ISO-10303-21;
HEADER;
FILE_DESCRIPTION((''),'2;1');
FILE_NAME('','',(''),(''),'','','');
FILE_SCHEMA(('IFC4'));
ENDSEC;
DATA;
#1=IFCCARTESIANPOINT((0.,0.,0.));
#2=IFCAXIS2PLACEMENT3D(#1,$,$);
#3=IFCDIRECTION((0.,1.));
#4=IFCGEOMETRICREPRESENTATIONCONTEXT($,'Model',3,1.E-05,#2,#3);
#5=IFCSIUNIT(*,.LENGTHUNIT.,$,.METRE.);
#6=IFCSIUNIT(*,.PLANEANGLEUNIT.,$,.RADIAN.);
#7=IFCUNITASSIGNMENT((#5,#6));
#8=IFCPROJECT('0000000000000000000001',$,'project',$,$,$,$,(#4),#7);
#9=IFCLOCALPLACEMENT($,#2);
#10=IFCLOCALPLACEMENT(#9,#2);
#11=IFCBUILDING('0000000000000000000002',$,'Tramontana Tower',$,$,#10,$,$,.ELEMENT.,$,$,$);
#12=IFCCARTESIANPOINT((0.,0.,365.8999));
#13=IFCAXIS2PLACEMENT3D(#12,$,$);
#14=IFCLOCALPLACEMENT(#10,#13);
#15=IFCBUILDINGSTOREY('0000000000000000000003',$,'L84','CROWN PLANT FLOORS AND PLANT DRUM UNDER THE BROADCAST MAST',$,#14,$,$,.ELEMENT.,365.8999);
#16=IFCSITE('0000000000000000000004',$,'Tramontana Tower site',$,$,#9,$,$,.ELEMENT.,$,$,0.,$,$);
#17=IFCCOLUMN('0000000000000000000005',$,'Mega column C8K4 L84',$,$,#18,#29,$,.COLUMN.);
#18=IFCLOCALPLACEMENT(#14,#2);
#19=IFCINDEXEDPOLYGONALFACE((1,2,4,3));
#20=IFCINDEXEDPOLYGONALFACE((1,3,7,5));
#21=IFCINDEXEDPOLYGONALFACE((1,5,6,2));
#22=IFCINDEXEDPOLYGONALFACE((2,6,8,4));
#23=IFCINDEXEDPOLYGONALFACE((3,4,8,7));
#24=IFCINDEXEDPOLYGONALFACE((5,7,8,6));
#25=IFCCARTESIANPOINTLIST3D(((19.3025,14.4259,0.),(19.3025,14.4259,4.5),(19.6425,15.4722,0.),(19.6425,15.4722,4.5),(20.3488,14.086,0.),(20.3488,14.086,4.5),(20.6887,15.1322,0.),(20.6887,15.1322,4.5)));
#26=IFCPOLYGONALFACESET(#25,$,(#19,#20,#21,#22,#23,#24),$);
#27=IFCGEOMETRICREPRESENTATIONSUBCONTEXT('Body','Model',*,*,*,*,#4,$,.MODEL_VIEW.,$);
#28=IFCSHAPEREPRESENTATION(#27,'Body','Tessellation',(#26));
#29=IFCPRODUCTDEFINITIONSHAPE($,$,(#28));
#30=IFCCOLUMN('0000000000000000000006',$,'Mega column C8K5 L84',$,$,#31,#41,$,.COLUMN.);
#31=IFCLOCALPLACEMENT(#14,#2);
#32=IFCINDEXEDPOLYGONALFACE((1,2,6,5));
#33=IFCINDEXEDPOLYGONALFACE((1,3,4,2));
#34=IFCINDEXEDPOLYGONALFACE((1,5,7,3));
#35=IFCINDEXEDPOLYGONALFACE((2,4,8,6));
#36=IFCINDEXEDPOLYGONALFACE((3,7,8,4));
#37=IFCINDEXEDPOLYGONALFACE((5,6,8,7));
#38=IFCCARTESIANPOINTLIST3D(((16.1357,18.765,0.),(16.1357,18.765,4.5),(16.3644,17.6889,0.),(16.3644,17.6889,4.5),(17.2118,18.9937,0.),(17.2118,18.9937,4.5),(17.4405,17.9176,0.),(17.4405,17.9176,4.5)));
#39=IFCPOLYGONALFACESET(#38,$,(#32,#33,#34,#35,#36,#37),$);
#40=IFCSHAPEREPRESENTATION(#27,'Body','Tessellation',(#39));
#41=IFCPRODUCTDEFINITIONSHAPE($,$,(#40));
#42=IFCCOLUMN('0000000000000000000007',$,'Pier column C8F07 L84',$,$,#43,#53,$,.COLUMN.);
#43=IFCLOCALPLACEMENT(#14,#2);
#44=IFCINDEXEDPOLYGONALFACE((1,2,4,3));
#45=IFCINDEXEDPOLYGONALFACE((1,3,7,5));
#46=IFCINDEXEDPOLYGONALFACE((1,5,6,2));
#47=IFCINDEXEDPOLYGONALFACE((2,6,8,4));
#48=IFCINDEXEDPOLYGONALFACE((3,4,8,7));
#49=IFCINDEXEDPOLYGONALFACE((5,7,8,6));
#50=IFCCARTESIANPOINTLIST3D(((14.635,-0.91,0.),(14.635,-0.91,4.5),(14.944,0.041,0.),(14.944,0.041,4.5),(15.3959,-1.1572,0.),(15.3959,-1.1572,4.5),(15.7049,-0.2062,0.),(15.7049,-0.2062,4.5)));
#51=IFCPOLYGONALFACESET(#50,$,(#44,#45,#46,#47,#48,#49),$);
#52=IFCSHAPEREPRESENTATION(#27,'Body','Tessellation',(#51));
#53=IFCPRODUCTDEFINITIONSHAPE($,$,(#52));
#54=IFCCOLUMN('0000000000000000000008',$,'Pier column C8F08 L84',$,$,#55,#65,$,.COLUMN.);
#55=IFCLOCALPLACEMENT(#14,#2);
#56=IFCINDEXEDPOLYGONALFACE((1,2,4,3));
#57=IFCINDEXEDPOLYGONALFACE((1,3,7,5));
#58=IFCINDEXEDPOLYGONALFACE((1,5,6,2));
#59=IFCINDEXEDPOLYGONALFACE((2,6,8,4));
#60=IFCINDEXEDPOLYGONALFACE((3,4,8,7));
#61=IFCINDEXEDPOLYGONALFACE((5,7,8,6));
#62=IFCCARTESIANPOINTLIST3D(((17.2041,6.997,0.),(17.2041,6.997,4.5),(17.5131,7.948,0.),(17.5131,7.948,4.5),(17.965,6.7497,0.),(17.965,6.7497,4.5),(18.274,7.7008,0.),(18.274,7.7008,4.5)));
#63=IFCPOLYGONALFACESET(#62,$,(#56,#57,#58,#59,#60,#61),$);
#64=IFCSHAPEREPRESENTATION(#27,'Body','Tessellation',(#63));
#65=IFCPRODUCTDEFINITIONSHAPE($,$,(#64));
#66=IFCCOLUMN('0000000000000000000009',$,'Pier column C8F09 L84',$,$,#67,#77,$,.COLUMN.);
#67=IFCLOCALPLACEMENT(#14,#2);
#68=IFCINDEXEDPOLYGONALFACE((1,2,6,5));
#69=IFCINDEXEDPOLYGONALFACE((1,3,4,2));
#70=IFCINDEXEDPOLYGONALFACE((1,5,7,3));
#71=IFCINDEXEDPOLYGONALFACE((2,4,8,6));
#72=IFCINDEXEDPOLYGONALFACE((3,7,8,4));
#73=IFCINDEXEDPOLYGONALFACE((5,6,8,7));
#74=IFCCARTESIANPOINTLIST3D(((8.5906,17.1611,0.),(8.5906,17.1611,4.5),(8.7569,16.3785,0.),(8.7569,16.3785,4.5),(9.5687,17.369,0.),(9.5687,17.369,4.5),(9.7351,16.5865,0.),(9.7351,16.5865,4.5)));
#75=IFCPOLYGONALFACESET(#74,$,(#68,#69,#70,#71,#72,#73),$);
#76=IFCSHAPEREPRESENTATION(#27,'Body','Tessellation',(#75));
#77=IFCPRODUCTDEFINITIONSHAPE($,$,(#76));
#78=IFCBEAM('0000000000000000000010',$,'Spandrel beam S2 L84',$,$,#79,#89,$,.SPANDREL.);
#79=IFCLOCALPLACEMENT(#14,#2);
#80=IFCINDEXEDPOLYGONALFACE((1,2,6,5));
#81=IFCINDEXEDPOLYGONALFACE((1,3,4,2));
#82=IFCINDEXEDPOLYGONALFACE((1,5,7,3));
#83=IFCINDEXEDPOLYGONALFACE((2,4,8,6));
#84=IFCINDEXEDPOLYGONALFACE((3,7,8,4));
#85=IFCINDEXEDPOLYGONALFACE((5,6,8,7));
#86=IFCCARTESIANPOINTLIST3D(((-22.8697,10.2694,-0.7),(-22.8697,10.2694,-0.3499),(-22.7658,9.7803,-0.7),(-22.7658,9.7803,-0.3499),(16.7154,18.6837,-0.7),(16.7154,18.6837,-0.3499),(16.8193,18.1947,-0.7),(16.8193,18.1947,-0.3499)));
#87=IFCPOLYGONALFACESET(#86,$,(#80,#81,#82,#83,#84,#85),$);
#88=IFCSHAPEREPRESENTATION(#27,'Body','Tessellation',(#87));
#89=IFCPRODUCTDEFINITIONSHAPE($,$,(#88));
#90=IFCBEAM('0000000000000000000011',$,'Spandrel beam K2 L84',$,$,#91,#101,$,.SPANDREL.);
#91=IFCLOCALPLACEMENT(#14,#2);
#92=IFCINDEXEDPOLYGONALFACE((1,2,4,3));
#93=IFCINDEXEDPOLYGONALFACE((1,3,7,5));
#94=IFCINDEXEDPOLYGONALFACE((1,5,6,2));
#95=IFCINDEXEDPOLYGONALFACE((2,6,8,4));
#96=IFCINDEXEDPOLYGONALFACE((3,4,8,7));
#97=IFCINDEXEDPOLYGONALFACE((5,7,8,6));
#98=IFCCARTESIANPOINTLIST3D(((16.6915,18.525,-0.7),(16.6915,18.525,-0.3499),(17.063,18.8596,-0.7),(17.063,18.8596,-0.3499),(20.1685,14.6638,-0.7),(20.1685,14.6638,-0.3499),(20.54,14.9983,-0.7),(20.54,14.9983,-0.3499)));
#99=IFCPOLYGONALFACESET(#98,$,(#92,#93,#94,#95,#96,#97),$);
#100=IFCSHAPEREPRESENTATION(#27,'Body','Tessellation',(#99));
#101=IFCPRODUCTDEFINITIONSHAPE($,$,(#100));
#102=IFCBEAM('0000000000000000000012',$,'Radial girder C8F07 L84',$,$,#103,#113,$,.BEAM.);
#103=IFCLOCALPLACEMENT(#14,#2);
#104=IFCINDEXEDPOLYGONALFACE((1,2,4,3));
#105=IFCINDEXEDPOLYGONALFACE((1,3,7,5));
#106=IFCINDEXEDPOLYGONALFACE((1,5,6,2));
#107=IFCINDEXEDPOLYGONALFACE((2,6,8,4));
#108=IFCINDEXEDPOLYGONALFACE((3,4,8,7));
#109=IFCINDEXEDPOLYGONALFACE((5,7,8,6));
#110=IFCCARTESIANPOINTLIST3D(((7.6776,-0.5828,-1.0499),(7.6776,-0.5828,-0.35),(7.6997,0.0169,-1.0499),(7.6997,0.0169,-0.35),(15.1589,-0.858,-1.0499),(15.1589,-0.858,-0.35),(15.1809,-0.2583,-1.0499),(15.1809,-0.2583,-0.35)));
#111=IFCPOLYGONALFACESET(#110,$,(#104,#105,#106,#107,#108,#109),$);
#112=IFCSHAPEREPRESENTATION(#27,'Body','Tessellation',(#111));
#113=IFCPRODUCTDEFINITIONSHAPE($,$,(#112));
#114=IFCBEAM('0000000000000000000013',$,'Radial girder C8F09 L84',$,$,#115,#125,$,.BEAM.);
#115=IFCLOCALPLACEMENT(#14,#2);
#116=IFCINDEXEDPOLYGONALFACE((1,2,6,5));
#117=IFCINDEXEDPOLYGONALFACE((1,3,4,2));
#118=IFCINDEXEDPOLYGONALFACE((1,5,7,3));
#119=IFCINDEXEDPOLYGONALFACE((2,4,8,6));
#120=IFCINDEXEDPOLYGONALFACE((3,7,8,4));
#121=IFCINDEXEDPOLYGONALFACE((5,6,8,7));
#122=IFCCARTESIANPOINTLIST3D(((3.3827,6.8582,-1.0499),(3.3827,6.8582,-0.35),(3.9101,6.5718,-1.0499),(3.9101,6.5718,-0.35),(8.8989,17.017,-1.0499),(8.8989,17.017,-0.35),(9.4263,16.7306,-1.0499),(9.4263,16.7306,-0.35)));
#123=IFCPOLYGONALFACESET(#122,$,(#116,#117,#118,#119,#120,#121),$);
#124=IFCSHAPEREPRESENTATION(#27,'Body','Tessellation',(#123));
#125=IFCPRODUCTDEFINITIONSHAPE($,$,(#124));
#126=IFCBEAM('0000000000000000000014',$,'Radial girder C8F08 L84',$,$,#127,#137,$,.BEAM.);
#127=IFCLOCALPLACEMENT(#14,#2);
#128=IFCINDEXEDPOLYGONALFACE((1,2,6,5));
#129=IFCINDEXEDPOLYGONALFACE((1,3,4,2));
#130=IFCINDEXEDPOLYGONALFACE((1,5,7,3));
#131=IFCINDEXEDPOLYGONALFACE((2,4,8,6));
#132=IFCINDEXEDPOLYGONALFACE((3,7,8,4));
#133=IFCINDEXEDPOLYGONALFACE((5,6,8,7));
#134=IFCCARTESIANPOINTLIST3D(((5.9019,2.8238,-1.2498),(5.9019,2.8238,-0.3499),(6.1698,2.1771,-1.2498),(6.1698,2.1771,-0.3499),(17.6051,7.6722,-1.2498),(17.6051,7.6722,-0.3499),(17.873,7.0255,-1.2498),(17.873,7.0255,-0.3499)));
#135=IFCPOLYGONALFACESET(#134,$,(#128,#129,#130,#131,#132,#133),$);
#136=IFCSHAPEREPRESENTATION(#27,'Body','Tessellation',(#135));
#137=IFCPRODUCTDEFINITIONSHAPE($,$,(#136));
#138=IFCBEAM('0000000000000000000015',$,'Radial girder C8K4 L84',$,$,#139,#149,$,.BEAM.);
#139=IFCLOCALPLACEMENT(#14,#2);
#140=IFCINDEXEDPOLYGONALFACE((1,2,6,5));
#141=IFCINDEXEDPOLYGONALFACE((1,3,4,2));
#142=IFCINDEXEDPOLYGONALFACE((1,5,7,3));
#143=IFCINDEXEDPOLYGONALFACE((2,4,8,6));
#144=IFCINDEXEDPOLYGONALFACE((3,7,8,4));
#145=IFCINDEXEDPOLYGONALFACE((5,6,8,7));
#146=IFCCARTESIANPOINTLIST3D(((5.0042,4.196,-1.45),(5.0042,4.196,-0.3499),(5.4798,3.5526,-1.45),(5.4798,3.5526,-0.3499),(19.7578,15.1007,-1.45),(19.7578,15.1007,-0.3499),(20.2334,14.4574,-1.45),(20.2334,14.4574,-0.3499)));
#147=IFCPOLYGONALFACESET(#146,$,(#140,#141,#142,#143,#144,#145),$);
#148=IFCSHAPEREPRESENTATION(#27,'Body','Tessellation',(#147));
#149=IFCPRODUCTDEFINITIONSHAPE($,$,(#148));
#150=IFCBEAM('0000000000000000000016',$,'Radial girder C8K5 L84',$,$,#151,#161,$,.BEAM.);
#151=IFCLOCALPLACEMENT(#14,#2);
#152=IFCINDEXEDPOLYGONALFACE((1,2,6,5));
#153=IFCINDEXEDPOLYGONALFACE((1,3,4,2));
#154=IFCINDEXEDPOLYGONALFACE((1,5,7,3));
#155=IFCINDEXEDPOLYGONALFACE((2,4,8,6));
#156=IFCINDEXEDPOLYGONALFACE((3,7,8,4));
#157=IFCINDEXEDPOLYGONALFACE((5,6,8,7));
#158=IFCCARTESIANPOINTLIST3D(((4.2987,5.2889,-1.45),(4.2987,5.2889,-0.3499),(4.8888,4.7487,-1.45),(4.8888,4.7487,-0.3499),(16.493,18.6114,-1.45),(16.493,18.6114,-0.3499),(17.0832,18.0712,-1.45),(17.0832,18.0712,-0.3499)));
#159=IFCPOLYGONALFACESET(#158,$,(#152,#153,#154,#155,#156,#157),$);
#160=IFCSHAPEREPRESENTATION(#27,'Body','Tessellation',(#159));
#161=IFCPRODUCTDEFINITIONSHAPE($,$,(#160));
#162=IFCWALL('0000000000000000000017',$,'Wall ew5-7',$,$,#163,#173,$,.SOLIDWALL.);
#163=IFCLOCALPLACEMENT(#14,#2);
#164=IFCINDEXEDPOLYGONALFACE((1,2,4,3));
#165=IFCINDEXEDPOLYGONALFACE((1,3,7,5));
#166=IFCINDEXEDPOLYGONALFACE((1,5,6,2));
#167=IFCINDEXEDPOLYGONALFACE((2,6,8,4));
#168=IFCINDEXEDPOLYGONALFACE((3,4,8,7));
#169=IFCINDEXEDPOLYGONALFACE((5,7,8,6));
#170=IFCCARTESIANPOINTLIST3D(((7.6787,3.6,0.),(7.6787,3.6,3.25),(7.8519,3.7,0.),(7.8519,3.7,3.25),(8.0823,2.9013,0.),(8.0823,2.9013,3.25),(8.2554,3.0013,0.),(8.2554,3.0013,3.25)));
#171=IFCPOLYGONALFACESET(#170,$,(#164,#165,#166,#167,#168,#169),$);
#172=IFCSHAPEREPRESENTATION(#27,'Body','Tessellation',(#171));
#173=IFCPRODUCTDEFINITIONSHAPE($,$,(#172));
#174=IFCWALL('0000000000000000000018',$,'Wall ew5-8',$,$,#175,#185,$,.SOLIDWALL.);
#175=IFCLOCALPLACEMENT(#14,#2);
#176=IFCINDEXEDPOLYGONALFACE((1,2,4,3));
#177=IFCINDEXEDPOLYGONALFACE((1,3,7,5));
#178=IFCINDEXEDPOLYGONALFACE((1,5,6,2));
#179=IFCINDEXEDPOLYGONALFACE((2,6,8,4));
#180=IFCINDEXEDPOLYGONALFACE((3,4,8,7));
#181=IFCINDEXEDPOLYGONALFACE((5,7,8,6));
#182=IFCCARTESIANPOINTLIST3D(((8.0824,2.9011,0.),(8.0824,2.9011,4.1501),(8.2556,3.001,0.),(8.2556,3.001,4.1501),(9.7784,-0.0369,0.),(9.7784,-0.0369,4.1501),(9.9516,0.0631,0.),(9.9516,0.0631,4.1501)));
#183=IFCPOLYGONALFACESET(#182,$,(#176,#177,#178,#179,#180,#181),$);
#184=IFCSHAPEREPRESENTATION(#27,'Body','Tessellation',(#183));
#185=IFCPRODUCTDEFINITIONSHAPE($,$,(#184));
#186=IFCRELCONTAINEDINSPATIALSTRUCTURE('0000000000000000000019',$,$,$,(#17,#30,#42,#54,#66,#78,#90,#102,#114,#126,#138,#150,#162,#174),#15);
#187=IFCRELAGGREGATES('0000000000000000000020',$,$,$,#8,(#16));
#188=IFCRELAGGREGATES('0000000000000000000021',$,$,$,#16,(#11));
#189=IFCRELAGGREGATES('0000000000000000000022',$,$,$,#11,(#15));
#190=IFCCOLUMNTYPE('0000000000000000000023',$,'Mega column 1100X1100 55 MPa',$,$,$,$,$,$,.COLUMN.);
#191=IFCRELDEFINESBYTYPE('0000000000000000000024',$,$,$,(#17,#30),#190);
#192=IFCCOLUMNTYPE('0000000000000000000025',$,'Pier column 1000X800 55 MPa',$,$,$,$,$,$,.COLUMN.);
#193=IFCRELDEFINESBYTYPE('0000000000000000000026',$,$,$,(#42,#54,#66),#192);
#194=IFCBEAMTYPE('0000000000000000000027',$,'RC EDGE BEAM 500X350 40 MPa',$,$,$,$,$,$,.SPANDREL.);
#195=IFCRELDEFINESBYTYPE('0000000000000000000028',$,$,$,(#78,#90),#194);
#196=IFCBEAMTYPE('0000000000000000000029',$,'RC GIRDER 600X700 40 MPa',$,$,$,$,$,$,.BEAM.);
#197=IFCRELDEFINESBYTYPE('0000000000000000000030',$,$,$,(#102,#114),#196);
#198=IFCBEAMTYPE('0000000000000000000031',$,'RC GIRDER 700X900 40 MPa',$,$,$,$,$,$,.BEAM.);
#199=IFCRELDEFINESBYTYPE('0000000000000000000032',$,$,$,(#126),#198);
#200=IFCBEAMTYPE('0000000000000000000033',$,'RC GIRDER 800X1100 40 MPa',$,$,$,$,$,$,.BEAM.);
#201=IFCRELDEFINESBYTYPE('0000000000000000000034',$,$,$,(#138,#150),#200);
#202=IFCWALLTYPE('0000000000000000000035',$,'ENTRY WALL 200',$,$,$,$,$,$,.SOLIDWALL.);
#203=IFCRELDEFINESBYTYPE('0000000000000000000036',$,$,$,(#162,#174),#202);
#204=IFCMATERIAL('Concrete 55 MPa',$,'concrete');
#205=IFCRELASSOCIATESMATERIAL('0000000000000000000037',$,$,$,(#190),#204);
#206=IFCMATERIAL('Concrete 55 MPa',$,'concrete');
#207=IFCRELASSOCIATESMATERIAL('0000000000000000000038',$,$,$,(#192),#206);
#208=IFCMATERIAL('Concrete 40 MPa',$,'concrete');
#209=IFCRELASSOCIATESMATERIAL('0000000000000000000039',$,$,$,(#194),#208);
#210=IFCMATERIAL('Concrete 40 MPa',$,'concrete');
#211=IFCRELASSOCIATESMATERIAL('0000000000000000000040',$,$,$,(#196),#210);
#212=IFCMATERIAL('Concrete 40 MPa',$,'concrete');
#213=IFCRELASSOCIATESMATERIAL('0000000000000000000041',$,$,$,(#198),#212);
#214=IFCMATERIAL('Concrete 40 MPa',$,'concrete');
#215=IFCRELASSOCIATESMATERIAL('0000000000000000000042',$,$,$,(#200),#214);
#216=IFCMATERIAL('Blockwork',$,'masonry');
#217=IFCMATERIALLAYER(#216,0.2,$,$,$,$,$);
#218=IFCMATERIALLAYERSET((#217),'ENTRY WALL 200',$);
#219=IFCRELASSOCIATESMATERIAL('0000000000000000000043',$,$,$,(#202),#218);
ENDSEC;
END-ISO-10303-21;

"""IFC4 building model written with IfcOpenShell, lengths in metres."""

from ifc_helpers import new_model, si_unit, direction, frame, frame_2d, origin, origin_2d, place, context, subcontext, project, spatial, rectangle, extrude, material, layer, layer_set, material_profile, profile_set, type_object, element, save


model = new_model("IFC4")

# Units and contexts
model_context = context("Model", 3, precision=1e-05, world=origin(), true_north=direction((0.0, 1.0)))
body_context = subcontext(model_context, "Body", "Model", "MODEL_VIEW")
ifc_project = project(units=[si_unit("LENGTHUNIT", "METRE"), si_unit("PLANEANGLEUNIT", "RADIAN")], contexts=[model_context])

# Site, building, storey
site_placement = place(None, origin())
site = spatial("IfcSite", under=ifc_project, at=site_placement, Name="Tramontana Tower site", CompositionType="ELEMENT", RefElevation=0.0)
building_placement = place(site_placement, origin())
building = spatial("IfcBuilding", under=site, at=building_placement, Name="Tramontana Tower", CompositionType="ELEMENT")
storey_placement = place(building_placement, frame((0.0, 0.0, 365.8999)))
storey = spatial("IfcBuildingStorey", under=building, at=storey_placement, Name="L84", Description="CROWN PLANT FLOORS AND PLANT DRUM UNDER THE BROADCAST MAST", CompositionType="ELEMENT", Elevation=365.8999)

# Columns
ifc_material_1 = material(Name="Concrete 55 MPa", Category="concrete")
ifc_material_profile_1 = material_profile(ifc_material_1, rectangle(XDim=1.1001, YDim=1.1001, at=origin_2d()), Name="Mega column 1100X1100 55 MPa")
ifc_profile_set_1 = profile_set([ifc_material_profile_1], Name="Concrete 55 MPa")
column_type_1 = type_object("IfcColumnType", Name="Mega column 1100X1100 55 MPa", PredefinedType="COLUMN", material=ifc_profile_set_1)
for number, where, z_axis, x_axis, name in (
    (1, (19.9956, 14.7791, 0.0), (0.0, 0.0, 1.0), (0.309017, 0.951057, 0.0), "Mega column C8K4 L84"),
    (2, (16.7881, 18.3413, 0.0), (0.0, 0.0, 1.0), (-0.978148, -0.207912, 0.0), "Mega column C8K5 L84"),
):
    element("IfcColumn", number, at=place(storey_placement, frame(where, z_axis=z_axis, x_axis=x_axis)), inside=storey, type_object=column_type_1, Name=name, PredefinedType="COLUMN", context=body_context, shape_type="SweptSolid", body=[
        extrude(rectangle(XDim=1.1001, YDim=1.1001, at=origin_2d()), origin(), (0.0, 0.0, 1.0), 4.5),
    ])
ifc_material_2 = material(Name="Concrete 55 MPa", Category="concrete")
ifc_material_profile_2 = material_profile(ifc_material_2, rectangle(XDim=1.0, YDim=0.8, at=origin_2d()), Name="Pier column 1000X800 55 MPa")
ifc_profile_set_2 = profile_set([ifc_material_profile_2], Name="Concrete 55 MPa")
column_type_2 = type_object("IfcColumnType", Name="Pier column 1000X800 55 MPa", PredefinedType="COLUMN", material=ifc_profile_set_2)
for number, where, z_axis, x_axis, name in (
    (3, (15.1699, -0.5581, 0.0), (0.0, 0.0, 1.0), (0.309017, 0.951057, 0.0), "Pier column C8F07 L84"),
    (4, (17.739, 7.3489, 0.0), (0.0, 0.0, 1.0), (0.309017, 0.951057, 0.0), "Pier column C8F08 L84"),
    (5, (9.1628, 16.8738, 0.0), (0.0, 0.0, 1.0), (-0.978148, -0.207912, 0.0), "Pier column C8F09 L84"),
):
    element("IfcColumn", number, at=place(storey_placement, frame(where, z_axis=z_axis, x_axis=x_axis)), inside=storey, type_object=column_type_2, Name=name, PredefinedType="COLUMN", context=body_context, shape_type="SweptSolid", body=[
        extrude(rectangle(XDim=1.0, YDim=0.8, at=origin_2d()), origin(), (0.0, 0.0, 1.0), 4.5),
    ])

# Beams
ifc_material_3 = material(Name="Concrete 40 MPa", Category="concrete")
ifc_material_profile_3 = material_profile(ifc_material_3, rectangle(XDim=0.5, YDim=0.3501, at=origin_2d()), Name="RC EDGE BEAM 500X350 40 MPa")
ifc_profile_set_3 = profile_set([ifc_material_profile_3], Name="Concrete 40 MPa")
beam_type_1 = type_object("IfcBeamType", Name="RC EDGE BEAM 500X350 40 MPa", PredefinedType="SPANDREL", material=ifc_profile_set_3)
beam_1_placement = place(storey_placement, frame((16.7673, 18.4392, -0.5249), z_axis=(-0.978146, -0.207918, 0.0), x_axis=(0.207918, -0.978146, 0.0)))
element("IfcBeam", 6, at=beam_1_placement, inside=storey, type_object=beam_type_1, Name="Spandrel beam S2 L84", PredefinedType="SPANDREL", context=body_context, shape_type="SweptSolid", body=[
    extrude(rectangle(XDim=0.5, YDim=0.3501, at=origin_2d()), origin(), (0.0, 0.0, 1.0), 40.4695),
])
beam_2_placement = place(storey_placement, frame((20.3542, 14.8311, -0.5249), z_axis=(-0.669162, 0.743117, 0.0), x_axis=(-0.743117, -0.669162, 0.0)))
element("IfcBeam", 7, at=beam_2_placement, inside=storey, type_object=beam_type_1, Name="Spandrel beam K2 L84", PredefinedType="SPANDREL", context=body_context, shape_type="SweptSolid", body=[
    extrude(rectangle(XDim=0.5, YDim=0.3501, at=origin_2d()), origin(), (0.0, 0.0, 1.0), 5.196),
])
ifc_material_4 = material(Name="Concrete 40 MPa", Category="concrete")
ifc_material_profile_4 = material_profile(ifc_material_4, rectangle(XDim=0.6001, YDim=0.7, at=origin_2d()), Name="RC GIRDER 600X700 40 MPa")
ifc_profile_set_4 = profile_set([ifc_material_profile_4], Name="Concrete 40 MPa")
beam_type_2 = type_object("IfcBeamType", Name="RC GIRDER 600X700 40 MPa", PredefinedType="BEAM", material=ifc_profile_set_4)
beam_3_placement = place(storey_placement, frame((15.1699, -0.5581, -0.7), z_axis=(-0.999324, 0.036754, 0.0), x_axis=(-0.036754, -0.999324, 0.0)))
element("IfcBeam", 8, at=beam_3_placement, inside=storey, type_object=beam_type_2, Name="Radial girder C8F07 L84", PredefinedType="BEAM", context=body_context, shape_type="SweptSolid", body=[
    extrude(rectangle(XDim=0.6001, YDim=0.7, at=origin_2d()), origin(), (0.0, 0.0, 1.0), 7.4863),
])
beam_4_placement = place(storey_placement, frame((9.1626, 16.8738, -0.7), z_axis=(-0.477185, -0.878803, 0.0), x_axis=(0.878803, -0.477185, 0.0)))
element("IfcBeam", 9, at=beam_4_placement, inside=storey, type_object=beam_type_2, Name="Radial girder C8F09 L84", PredefinedType="BEAM", context=body_context, shape_type="SweptSolid", body=[
    extrude(rectangle(XDim=0.6001, YDim=0.7, at=origin_2d()), origin(), (0.0, 0.0, 1.0), 11.5598),
])
ifc_material_5 = material(Name="Concrete 40 MPa", Category="concrete")
ifc_material_profile_5 = material_profile(ifc_material_5, rectangle(XDim=0.7, YDim=0.8999, at=origin_2d()), Name="RC GIRDER 700X900 40 MPa")
ifc_profile_set_5 = profile_set([ifc_material_profile_5], Name="Concrete 40 MPa")
beam_type_3 = type_object("IfcBeamType", Name="RC GIRDER 700X900 40 MPa", PredefinedType="BEAM", material=ifc_profile_set_5)
beam_5_placement = place(storey_placement, frame((17.739, 7.3489, -0.7998), z_axis=(-0.923857, -0.382737, 0.0), x_axis=(0.382737, -0.923857, 0.0)))
element("IfcBeam", 10, at=beam_5_placement, inside=storey, type_object=beam_type_3, Name="Radial girder C8F08 L84", PredefinedType="BEAM", context=body_context, shape_type="SweptSolid", body=[
    extrude(rectangle(XDim=0.7, YDim=0.8999, at=origin_2d()), origin(), (0.0, 0.0, 1.0), 12.6677),
])
ifc_material_6 = material(Name="Concrete 40 MPa", Category="concrete")
ifc_material_profile_6 = material_profile(ifc_material_6, rectangle(XDim=0.8, YDim=1.1001, at=origin_2d()), Name="RC GIRDER 800X1100 40 MPa")
ifc_profile_set_6 = profile_set([ifc_material_profile_6], Name="Concrete 40 MPa")
beam_type_4 = type_object("IfcBeamType", Name="RC GIRDER 800X1100 40 MPa", PredefinedType="BEAM", material=ifc_profile_set_6)
beam_6_placement = place(storey_placement, frame((19.9956, 14.7791, -0.8999), z_axis=(-0.804179, -0.594388, 0.0), x_axis=(0.594388, -0.804179, 0.0)))
element("IfcBeam", 11, at=beam_6_placement, inside=storey, type_object=beam_type_4, Name="Radial girder C8K4 L84", PredefinedType="BEAM", context=body_context, shape_type="SweptSolid", body=[
    extrude(rectangle(XDim=0.8, YDim=1.1001, at=origin_2d()), origin(), (0.0, 0.0, 1.0), 18.3462),
])
beam_7_placement = place(storey_placement, frame((16.7881, 18.3413, -0.8999), z_axis=(-0.675184, -0.737649, 0.0), x_axis=(0.737649, -0.675184, 0.0)))
element("IfcBeam", 12, at=beam_7_placement, inside=storey, type_object=beam_type_4, Name="Radial girder C8K5 L84", PredefinedType="BEAM", context=body_context, shape_type="SweptSolid", body=[
    extrude(rectangle(XDim=0.8, YDim=1.1001, at=origin_2d()), origin(), (0.0, 0.0, 1.0), 18.0608),
])

# Walls
ifc_material_7 = material(Name="Blockwork", Category="masonry")
ifc_layer_1 = layer(ifc_material_7, 0.2)
ifc_layer_set_1 = layer_set([ifc_layer_1], Name="ENTRY WALL 200")
wall_type_1 = type_object("IfcWallType", Name="ENTRY WALL 200", PredefinedType="SOLIDWALL", material=ifc_layer_set_1)
wall_1_placement = place(storey_placement, frame((7.7654, 3.6499, 0.0), z_axis=(0.0, 0.0, 1.0), x_axis=(0.500141, -0.865944, 0.0)))
element("IfcWall", 13, at=wall_1_placement, inside=storey, type_object=wall_type_1, Name="Wall ew5-7", PredefinedType="SOLIDWALL", context=body_context, shape_type="SweptSolid", body=[
    extrude(rectangle(XDim=0.8069, YDim=0.2, at=frame_2d((0.4033, 0.0))), origin(), (0.0, 0.0, 1.0), 3.25),
])
wall_2_placement = place(storey_placement, frame((8.1689, 2.9512, 0.0), z_axis=(0.0, 0.0, 1.0), x_axis=(0.499955, -0.866051, 0.0)))
element("IfcWall", 14, at=wall_2_placement, inside=storey, type_object=wall_type_1, Name="Wall ew5-8", PredefinedType="SOLIDWALL", context=body_context, shape_type="SweptSolid", body=[
    extrude(rectangle(XDim=3.3923, YDim=0.2, at=frame_2d((1.6963, 0.0))), origin(), (0.0, 0.0, 1.0), 4.1501),
])

save(model, "model.ifc")
